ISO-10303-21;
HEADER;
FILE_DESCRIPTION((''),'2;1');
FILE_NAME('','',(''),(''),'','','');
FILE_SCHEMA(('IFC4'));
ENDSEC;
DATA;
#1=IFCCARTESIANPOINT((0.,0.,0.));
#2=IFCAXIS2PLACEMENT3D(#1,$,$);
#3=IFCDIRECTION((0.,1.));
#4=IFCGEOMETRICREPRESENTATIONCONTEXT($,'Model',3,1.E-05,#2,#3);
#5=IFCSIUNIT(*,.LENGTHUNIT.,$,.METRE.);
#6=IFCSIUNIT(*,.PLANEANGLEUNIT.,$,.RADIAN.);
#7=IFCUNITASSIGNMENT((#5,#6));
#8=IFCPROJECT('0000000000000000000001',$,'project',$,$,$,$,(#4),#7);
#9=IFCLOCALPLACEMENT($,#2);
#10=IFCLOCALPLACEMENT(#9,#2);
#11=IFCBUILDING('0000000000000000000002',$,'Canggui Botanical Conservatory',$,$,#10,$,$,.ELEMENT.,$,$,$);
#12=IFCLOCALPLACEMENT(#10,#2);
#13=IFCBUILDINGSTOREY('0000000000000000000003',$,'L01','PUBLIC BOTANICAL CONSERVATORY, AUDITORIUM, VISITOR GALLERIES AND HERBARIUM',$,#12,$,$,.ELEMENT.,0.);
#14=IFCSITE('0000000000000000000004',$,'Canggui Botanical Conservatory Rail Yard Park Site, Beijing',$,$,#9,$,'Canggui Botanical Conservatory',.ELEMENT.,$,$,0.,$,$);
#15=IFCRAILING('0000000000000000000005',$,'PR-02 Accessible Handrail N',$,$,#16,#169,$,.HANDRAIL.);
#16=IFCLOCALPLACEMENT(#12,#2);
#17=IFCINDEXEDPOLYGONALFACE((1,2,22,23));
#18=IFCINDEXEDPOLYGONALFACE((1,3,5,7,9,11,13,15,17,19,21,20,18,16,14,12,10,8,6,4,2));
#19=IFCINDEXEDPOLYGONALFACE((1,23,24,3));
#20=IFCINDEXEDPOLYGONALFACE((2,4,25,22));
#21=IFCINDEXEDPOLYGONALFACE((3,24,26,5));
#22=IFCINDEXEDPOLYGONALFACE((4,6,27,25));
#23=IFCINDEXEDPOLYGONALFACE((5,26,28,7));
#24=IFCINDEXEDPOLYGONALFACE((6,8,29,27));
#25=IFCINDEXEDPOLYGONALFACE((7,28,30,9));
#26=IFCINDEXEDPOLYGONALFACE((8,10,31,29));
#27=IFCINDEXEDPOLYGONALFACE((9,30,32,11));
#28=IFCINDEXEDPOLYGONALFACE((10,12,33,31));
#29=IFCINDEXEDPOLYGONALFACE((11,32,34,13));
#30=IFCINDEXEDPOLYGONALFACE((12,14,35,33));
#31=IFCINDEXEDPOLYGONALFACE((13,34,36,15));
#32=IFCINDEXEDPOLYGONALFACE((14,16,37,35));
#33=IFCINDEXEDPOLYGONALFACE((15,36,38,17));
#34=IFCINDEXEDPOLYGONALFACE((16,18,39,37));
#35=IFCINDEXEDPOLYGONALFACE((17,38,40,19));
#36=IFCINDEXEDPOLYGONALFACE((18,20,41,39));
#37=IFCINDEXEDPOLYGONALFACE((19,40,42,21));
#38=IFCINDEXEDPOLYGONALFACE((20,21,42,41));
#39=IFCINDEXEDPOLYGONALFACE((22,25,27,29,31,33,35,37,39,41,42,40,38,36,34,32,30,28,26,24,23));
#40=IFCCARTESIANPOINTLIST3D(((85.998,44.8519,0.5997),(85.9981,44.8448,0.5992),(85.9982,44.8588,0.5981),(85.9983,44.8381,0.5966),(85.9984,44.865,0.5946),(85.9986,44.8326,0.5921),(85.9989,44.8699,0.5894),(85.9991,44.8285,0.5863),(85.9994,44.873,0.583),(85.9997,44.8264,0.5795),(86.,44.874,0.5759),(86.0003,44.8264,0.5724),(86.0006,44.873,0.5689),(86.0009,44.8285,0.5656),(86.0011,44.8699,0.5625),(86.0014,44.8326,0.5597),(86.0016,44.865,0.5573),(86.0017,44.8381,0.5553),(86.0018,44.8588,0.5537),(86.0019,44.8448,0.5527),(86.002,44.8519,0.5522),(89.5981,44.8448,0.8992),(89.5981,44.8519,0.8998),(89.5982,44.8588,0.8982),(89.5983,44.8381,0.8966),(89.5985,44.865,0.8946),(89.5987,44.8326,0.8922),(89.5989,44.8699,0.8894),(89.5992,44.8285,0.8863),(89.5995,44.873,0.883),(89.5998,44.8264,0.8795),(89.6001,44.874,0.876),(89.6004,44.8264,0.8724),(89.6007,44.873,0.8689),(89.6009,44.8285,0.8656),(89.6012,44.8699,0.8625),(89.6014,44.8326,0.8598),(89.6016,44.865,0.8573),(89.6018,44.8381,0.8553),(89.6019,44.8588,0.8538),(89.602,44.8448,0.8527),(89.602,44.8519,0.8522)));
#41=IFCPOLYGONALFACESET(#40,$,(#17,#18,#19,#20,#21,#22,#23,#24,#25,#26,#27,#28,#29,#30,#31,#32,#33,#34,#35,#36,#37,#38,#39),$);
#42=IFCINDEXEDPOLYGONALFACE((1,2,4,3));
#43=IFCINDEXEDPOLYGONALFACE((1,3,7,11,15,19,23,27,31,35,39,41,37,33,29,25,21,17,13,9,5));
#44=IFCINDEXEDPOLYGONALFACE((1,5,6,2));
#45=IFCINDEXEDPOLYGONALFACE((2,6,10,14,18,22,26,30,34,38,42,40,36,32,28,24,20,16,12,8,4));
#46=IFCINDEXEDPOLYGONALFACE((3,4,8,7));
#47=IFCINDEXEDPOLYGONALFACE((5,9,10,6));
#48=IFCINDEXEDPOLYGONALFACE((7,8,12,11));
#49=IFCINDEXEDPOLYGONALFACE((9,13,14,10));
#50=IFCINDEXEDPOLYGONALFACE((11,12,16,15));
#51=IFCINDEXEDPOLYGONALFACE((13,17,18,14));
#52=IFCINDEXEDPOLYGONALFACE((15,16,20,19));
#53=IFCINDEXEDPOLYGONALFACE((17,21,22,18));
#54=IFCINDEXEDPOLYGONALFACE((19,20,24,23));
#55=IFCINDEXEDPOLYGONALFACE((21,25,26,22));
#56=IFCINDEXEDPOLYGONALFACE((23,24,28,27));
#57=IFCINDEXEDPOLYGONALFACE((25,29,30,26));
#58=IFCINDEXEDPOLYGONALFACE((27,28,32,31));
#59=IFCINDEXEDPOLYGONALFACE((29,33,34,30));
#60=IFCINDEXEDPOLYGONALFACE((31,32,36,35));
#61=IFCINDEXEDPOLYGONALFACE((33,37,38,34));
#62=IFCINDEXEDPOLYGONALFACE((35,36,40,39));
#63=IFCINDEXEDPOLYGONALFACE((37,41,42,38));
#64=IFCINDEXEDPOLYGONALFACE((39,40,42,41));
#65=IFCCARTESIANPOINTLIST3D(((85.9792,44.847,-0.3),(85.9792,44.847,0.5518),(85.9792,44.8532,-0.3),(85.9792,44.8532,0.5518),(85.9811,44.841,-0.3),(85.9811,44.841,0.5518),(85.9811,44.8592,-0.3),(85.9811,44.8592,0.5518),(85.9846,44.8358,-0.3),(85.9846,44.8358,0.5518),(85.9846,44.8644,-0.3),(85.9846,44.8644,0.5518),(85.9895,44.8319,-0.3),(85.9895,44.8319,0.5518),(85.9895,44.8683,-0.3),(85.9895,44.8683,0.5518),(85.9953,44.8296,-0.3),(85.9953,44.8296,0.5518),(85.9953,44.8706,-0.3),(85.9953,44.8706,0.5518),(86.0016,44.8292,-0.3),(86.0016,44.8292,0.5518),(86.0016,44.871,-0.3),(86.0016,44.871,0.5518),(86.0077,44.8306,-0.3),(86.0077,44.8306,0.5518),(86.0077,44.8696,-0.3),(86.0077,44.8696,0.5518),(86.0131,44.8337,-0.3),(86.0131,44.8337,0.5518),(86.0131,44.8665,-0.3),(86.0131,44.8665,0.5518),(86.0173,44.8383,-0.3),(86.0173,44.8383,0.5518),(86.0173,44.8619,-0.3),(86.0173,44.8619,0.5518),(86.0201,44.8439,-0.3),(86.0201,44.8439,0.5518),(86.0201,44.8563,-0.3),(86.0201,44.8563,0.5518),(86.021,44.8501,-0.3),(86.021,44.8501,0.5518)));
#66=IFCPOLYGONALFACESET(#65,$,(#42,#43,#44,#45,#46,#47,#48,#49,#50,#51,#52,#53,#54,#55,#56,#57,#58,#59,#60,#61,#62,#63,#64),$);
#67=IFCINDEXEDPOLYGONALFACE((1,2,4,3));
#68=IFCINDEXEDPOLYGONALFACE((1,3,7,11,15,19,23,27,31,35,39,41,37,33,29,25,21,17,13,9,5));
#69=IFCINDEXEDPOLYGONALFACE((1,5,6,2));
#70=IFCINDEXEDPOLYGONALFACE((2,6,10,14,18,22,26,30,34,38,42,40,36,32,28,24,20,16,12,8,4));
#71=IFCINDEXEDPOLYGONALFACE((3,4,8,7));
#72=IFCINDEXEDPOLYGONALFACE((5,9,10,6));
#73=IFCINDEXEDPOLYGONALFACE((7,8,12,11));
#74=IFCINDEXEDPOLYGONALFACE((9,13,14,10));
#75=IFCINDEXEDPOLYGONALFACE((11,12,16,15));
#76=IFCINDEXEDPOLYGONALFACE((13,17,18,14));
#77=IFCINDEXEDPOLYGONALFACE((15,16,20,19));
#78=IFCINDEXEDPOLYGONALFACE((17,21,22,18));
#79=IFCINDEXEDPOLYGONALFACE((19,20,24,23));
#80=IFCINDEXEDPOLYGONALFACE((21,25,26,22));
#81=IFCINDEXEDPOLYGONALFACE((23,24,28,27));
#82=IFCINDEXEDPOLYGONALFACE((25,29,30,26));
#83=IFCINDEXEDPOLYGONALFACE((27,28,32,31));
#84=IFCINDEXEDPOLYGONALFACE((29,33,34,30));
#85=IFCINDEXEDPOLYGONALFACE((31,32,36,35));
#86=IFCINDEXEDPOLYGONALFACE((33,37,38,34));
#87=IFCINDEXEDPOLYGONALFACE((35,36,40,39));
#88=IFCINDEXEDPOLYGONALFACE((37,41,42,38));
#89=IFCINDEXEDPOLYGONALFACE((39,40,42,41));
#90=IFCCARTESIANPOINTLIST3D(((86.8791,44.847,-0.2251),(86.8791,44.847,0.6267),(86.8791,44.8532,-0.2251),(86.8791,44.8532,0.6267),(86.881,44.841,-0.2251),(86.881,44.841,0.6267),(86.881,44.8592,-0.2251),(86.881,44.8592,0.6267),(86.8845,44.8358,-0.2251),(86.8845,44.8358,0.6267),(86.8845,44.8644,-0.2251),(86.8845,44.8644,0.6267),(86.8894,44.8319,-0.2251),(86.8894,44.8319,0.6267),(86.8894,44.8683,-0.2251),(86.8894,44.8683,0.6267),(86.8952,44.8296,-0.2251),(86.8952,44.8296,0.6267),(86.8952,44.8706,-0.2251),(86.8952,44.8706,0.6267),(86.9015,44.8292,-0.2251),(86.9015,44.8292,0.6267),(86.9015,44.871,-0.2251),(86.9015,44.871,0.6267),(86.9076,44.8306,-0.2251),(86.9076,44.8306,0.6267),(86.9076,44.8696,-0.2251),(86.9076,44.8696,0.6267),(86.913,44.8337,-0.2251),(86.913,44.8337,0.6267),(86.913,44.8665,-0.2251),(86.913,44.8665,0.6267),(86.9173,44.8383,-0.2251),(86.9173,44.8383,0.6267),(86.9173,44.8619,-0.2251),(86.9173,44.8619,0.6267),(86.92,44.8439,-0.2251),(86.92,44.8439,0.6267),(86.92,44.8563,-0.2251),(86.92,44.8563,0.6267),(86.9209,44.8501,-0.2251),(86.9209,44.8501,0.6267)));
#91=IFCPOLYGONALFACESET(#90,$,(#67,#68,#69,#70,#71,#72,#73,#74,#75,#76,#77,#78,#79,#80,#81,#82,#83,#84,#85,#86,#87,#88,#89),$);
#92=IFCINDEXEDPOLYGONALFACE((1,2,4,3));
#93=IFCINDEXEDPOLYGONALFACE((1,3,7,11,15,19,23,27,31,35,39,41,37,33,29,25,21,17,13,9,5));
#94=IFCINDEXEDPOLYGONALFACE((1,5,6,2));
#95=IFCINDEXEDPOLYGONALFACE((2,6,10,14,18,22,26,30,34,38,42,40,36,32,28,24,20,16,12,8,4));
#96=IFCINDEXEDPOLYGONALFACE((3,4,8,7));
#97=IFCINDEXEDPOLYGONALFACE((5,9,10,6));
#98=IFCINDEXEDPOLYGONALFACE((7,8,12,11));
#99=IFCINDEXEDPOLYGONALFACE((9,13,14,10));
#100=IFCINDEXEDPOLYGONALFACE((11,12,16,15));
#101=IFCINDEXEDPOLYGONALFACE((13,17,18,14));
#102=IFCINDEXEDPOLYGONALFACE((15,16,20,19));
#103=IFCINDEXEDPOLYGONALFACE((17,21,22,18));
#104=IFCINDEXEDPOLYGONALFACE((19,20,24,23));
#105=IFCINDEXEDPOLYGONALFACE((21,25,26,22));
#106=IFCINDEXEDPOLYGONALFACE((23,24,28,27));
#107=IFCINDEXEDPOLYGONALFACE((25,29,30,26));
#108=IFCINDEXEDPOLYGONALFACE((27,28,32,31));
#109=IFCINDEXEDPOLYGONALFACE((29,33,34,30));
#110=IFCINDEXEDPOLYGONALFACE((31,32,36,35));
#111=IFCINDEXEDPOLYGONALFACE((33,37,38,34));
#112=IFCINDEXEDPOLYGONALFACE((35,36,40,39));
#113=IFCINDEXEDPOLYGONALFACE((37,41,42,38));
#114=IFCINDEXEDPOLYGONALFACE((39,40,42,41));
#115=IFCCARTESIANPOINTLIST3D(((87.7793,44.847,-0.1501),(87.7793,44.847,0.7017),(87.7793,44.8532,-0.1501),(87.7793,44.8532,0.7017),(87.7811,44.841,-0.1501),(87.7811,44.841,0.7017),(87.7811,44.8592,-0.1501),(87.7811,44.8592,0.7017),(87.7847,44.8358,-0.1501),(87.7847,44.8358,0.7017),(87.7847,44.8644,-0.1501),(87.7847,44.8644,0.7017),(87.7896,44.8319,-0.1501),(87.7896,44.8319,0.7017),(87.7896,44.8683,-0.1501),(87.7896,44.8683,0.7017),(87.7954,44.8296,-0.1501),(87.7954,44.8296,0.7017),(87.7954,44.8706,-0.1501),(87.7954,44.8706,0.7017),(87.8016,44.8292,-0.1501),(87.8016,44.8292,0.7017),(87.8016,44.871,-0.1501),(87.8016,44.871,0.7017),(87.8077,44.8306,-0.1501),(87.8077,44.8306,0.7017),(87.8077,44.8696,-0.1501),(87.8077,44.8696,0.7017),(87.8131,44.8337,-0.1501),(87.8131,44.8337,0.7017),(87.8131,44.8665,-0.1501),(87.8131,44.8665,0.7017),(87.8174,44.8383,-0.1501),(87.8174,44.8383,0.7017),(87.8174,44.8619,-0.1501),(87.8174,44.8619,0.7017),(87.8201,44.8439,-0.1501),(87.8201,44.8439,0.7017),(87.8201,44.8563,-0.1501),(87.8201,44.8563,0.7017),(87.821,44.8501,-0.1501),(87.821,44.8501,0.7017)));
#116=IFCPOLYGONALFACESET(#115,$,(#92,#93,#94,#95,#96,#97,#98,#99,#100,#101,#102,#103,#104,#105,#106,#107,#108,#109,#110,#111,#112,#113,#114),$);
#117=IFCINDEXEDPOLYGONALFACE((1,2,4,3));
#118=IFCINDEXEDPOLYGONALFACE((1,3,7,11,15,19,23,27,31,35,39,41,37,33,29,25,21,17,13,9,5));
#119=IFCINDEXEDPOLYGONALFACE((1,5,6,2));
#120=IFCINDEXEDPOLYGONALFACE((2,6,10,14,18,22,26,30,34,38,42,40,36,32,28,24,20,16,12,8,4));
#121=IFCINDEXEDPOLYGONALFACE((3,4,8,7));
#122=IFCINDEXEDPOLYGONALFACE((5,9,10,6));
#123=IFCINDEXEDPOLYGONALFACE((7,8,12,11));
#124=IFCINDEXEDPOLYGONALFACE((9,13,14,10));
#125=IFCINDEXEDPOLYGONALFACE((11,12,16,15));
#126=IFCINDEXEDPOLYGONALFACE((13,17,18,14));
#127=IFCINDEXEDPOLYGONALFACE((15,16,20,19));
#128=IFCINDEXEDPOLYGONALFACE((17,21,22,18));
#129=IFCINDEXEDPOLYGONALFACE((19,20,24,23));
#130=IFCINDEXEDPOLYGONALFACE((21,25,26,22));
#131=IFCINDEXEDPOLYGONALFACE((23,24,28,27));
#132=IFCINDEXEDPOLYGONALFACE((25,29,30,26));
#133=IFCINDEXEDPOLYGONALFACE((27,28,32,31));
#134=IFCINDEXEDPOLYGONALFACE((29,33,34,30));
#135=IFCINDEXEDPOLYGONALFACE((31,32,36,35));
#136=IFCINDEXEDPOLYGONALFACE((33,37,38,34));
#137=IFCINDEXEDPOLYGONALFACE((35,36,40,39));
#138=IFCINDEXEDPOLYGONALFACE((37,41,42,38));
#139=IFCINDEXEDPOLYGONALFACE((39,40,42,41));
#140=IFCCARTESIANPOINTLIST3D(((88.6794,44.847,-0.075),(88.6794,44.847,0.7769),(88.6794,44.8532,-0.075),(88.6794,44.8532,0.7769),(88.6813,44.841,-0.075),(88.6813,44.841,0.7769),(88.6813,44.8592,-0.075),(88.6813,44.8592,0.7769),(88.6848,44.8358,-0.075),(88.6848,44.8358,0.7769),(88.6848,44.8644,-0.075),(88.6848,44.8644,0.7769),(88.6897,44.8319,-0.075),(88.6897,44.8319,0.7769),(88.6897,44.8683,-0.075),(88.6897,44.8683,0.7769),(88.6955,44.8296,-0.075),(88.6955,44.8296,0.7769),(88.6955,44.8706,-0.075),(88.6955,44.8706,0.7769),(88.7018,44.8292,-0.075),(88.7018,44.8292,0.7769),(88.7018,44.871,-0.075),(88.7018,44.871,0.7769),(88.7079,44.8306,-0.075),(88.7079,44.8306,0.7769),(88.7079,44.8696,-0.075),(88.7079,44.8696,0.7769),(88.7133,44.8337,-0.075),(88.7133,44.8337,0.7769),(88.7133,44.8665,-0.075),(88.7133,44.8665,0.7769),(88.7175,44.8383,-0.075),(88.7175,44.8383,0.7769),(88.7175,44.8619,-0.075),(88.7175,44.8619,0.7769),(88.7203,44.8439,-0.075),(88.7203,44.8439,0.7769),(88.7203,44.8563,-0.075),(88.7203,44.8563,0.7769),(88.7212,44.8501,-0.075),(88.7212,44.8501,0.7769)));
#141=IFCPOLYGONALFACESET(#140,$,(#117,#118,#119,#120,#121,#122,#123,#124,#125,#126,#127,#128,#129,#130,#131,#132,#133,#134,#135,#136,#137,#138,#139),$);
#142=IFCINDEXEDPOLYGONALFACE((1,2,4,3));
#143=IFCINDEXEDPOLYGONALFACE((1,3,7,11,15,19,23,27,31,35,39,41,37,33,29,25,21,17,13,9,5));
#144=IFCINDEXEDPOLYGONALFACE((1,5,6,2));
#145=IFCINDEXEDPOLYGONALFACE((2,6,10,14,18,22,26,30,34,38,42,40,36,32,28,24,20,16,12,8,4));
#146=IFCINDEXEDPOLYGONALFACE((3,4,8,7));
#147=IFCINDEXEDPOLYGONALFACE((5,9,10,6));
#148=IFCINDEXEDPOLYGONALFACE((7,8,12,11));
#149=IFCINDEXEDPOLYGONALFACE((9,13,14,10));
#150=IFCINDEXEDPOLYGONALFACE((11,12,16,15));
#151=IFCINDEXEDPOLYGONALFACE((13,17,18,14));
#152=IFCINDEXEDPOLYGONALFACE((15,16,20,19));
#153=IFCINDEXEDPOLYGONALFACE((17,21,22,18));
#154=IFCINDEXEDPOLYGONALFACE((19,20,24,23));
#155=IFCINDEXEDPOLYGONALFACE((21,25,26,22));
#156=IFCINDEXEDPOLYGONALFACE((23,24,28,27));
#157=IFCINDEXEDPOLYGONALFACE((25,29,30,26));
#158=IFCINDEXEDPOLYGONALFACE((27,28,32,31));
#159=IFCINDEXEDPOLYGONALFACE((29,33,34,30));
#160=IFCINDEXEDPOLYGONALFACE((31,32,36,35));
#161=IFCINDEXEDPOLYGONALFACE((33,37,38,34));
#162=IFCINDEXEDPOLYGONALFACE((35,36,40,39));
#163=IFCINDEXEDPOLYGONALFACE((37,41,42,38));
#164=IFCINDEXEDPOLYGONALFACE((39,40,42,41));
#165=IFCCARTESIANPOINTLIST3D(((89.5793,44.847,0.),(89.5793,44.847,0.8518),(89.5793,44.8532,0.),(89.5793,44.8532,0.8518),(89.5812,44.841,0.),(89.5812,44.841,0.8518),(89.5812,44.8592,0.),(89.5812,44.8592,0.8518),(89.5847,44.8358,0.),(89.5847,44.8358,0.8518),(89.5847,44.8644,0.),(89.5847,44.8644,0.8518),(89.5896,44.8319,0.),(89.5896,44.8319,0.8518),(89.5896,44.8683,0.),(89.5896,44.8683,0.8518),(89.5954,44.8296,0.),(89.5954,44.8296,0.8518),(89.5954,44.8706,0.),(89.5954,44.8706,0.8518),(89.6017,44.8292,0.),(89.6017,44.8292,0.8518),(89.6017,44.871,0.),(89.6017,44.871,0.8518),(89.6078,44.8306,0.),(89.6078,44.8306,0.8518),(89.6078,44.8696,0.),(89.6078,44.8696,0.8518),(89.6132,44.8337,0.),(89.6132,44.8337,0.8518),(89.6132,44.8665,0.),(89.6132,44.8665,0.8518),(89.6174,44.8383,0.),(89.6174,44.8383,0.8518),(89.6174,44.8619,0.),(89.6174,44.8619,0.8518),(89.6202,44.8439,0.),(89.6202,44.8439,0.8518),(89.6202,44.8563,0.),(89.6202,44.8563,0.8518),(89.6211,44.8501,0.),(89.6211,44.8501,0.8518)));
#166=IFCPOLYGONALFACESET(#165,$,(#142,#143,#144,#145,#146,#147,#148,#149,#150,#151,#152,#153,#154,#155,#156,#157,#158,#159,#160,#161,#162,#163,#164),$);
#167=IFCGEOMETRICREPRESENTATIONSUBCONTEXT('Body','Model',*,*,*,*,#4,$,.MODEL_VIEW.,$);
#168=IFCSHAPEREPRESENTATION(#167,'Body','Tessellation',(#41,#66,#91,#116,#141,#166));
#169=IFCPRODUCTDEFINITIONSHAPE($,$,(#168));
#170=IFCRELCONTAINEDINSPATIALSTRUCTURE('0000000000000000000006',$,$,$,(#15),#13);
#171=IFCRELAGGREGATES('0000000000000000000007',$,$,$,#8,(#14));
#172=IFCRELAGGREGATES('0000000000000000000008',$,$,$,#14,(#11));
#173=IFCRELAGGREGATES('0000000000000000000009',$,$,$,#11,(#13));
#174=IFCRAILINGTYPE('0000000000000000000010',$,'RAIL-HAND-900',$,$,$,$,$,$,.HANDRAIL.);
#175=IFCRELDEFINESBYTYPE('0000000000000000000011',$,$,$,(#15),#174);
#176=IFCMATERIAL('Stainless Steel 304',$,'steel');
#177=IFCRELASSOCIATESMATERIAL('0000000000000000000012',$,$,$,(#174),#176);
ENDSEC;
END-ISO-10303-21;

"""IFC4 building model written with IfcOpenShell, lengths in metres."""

from ifc_helpers import new_model, si_unit, direction, frame, origin, origin_2d, place, context, subcontext, project, spatial, circle, extrude, material, type_object, element, save


model = new_model("IFC4")

# Units and contexts
model_context = context("Model", 3, precision=1e-05, world=origin(), true_north=direction((0.0, 1.0)))
body_context = subcontext(model_context, "Body", "Model", "MODEL_VIEW")
ifc_project = project(units=[si_unit("LENGTHUNIT", "METRE"), si_unit("PLANEANGLEUNIT", "RADIAN")], contexts=[model_context])

# Site, building, storey
site_placement = place(None, origin())
site = spatial("IfcSite", under=ifc_project, at=site_placement, Name="Canggui Botanical Conservatory Rail Yard Park Site, Beijing", LongName="Canggui Botanical Conservatory", CompositionType="ELEMENT", RefElevation=0.0)
building_placement = place(site_placement, origin())
building = spatial("IfcBuilding", under=site, at=building_placement, Name="Canggui Botanical Conservatory", CompositionType="ELEMENT")
storey_placement = place(building_placement, origin())
storey = spatial("IfcBuildingStorey", under=building, at=storey_placement, Name="L01", Description="PUBLIC BOTANICAL CONSERVATORY, AUDITORIUM, VISITOR GALLERIES AND HERBARIUM", CompositionType="ELEMENT", Elevation=0.0)

# Railing
ifc_material_1 = material(Name="Stainless Steel 304", Category="steel")
railing_type = type_object("IfcRailingType", Name="RAIL-HAND-900", PredefinedType="HANDRAIL", material=ifc_material_1)
for number, where, name in (
    (1, (86.0, 44.8501, -0.3), "PR-02 Accessible Handrail N"),
):
    element("IfcRailing", number, at=place(storey_placement, frame(where)), inside=storey, type_object=railing_type, Name=name, PredefinedType="HANDRAIL", context=body_context, shape_type="SweptSolid", body=[
        extrude(circle(Radius=0.0239, at=origin_2d()), frame((0.0, 0.0, 0.876), z_axis=(0.996545, 0.0, 0.083057), x_axis=(0.0, 1.0, 0.0)), (0.0, 0.0, 1.0), 3.6125),
        extrude(circle(Radius=0.021, at=origin_2d()), origin(), (0.0, 0.0, 1.0), 0.8518),
        extrude(circle(Radius=0.021, at=origin_2d()), frame((0.8999, 0.0, 0.075)), (0.0, 0.0, 1.0), 0.8518),
        extrude(circle(Radius=0.021, at=origin_2d()), frame((1.8, 0.0, 0.1499)), (0.0, 0.0, 1.0), 0.8518),
        extrude(circle(Radius=0.021, at=origin_2d()), frame((2.7002, 0.0, 0.2251)), (0.0, 0.0, 1.0), 0.8518),
        extrude(circle(Radius=0.021, at=origin_2d()), frame((3.6001, 0.0, 0.3)), (0.0, 0.0, 1.0), 0.8518),
    ])

save(model, "model.ifc")
